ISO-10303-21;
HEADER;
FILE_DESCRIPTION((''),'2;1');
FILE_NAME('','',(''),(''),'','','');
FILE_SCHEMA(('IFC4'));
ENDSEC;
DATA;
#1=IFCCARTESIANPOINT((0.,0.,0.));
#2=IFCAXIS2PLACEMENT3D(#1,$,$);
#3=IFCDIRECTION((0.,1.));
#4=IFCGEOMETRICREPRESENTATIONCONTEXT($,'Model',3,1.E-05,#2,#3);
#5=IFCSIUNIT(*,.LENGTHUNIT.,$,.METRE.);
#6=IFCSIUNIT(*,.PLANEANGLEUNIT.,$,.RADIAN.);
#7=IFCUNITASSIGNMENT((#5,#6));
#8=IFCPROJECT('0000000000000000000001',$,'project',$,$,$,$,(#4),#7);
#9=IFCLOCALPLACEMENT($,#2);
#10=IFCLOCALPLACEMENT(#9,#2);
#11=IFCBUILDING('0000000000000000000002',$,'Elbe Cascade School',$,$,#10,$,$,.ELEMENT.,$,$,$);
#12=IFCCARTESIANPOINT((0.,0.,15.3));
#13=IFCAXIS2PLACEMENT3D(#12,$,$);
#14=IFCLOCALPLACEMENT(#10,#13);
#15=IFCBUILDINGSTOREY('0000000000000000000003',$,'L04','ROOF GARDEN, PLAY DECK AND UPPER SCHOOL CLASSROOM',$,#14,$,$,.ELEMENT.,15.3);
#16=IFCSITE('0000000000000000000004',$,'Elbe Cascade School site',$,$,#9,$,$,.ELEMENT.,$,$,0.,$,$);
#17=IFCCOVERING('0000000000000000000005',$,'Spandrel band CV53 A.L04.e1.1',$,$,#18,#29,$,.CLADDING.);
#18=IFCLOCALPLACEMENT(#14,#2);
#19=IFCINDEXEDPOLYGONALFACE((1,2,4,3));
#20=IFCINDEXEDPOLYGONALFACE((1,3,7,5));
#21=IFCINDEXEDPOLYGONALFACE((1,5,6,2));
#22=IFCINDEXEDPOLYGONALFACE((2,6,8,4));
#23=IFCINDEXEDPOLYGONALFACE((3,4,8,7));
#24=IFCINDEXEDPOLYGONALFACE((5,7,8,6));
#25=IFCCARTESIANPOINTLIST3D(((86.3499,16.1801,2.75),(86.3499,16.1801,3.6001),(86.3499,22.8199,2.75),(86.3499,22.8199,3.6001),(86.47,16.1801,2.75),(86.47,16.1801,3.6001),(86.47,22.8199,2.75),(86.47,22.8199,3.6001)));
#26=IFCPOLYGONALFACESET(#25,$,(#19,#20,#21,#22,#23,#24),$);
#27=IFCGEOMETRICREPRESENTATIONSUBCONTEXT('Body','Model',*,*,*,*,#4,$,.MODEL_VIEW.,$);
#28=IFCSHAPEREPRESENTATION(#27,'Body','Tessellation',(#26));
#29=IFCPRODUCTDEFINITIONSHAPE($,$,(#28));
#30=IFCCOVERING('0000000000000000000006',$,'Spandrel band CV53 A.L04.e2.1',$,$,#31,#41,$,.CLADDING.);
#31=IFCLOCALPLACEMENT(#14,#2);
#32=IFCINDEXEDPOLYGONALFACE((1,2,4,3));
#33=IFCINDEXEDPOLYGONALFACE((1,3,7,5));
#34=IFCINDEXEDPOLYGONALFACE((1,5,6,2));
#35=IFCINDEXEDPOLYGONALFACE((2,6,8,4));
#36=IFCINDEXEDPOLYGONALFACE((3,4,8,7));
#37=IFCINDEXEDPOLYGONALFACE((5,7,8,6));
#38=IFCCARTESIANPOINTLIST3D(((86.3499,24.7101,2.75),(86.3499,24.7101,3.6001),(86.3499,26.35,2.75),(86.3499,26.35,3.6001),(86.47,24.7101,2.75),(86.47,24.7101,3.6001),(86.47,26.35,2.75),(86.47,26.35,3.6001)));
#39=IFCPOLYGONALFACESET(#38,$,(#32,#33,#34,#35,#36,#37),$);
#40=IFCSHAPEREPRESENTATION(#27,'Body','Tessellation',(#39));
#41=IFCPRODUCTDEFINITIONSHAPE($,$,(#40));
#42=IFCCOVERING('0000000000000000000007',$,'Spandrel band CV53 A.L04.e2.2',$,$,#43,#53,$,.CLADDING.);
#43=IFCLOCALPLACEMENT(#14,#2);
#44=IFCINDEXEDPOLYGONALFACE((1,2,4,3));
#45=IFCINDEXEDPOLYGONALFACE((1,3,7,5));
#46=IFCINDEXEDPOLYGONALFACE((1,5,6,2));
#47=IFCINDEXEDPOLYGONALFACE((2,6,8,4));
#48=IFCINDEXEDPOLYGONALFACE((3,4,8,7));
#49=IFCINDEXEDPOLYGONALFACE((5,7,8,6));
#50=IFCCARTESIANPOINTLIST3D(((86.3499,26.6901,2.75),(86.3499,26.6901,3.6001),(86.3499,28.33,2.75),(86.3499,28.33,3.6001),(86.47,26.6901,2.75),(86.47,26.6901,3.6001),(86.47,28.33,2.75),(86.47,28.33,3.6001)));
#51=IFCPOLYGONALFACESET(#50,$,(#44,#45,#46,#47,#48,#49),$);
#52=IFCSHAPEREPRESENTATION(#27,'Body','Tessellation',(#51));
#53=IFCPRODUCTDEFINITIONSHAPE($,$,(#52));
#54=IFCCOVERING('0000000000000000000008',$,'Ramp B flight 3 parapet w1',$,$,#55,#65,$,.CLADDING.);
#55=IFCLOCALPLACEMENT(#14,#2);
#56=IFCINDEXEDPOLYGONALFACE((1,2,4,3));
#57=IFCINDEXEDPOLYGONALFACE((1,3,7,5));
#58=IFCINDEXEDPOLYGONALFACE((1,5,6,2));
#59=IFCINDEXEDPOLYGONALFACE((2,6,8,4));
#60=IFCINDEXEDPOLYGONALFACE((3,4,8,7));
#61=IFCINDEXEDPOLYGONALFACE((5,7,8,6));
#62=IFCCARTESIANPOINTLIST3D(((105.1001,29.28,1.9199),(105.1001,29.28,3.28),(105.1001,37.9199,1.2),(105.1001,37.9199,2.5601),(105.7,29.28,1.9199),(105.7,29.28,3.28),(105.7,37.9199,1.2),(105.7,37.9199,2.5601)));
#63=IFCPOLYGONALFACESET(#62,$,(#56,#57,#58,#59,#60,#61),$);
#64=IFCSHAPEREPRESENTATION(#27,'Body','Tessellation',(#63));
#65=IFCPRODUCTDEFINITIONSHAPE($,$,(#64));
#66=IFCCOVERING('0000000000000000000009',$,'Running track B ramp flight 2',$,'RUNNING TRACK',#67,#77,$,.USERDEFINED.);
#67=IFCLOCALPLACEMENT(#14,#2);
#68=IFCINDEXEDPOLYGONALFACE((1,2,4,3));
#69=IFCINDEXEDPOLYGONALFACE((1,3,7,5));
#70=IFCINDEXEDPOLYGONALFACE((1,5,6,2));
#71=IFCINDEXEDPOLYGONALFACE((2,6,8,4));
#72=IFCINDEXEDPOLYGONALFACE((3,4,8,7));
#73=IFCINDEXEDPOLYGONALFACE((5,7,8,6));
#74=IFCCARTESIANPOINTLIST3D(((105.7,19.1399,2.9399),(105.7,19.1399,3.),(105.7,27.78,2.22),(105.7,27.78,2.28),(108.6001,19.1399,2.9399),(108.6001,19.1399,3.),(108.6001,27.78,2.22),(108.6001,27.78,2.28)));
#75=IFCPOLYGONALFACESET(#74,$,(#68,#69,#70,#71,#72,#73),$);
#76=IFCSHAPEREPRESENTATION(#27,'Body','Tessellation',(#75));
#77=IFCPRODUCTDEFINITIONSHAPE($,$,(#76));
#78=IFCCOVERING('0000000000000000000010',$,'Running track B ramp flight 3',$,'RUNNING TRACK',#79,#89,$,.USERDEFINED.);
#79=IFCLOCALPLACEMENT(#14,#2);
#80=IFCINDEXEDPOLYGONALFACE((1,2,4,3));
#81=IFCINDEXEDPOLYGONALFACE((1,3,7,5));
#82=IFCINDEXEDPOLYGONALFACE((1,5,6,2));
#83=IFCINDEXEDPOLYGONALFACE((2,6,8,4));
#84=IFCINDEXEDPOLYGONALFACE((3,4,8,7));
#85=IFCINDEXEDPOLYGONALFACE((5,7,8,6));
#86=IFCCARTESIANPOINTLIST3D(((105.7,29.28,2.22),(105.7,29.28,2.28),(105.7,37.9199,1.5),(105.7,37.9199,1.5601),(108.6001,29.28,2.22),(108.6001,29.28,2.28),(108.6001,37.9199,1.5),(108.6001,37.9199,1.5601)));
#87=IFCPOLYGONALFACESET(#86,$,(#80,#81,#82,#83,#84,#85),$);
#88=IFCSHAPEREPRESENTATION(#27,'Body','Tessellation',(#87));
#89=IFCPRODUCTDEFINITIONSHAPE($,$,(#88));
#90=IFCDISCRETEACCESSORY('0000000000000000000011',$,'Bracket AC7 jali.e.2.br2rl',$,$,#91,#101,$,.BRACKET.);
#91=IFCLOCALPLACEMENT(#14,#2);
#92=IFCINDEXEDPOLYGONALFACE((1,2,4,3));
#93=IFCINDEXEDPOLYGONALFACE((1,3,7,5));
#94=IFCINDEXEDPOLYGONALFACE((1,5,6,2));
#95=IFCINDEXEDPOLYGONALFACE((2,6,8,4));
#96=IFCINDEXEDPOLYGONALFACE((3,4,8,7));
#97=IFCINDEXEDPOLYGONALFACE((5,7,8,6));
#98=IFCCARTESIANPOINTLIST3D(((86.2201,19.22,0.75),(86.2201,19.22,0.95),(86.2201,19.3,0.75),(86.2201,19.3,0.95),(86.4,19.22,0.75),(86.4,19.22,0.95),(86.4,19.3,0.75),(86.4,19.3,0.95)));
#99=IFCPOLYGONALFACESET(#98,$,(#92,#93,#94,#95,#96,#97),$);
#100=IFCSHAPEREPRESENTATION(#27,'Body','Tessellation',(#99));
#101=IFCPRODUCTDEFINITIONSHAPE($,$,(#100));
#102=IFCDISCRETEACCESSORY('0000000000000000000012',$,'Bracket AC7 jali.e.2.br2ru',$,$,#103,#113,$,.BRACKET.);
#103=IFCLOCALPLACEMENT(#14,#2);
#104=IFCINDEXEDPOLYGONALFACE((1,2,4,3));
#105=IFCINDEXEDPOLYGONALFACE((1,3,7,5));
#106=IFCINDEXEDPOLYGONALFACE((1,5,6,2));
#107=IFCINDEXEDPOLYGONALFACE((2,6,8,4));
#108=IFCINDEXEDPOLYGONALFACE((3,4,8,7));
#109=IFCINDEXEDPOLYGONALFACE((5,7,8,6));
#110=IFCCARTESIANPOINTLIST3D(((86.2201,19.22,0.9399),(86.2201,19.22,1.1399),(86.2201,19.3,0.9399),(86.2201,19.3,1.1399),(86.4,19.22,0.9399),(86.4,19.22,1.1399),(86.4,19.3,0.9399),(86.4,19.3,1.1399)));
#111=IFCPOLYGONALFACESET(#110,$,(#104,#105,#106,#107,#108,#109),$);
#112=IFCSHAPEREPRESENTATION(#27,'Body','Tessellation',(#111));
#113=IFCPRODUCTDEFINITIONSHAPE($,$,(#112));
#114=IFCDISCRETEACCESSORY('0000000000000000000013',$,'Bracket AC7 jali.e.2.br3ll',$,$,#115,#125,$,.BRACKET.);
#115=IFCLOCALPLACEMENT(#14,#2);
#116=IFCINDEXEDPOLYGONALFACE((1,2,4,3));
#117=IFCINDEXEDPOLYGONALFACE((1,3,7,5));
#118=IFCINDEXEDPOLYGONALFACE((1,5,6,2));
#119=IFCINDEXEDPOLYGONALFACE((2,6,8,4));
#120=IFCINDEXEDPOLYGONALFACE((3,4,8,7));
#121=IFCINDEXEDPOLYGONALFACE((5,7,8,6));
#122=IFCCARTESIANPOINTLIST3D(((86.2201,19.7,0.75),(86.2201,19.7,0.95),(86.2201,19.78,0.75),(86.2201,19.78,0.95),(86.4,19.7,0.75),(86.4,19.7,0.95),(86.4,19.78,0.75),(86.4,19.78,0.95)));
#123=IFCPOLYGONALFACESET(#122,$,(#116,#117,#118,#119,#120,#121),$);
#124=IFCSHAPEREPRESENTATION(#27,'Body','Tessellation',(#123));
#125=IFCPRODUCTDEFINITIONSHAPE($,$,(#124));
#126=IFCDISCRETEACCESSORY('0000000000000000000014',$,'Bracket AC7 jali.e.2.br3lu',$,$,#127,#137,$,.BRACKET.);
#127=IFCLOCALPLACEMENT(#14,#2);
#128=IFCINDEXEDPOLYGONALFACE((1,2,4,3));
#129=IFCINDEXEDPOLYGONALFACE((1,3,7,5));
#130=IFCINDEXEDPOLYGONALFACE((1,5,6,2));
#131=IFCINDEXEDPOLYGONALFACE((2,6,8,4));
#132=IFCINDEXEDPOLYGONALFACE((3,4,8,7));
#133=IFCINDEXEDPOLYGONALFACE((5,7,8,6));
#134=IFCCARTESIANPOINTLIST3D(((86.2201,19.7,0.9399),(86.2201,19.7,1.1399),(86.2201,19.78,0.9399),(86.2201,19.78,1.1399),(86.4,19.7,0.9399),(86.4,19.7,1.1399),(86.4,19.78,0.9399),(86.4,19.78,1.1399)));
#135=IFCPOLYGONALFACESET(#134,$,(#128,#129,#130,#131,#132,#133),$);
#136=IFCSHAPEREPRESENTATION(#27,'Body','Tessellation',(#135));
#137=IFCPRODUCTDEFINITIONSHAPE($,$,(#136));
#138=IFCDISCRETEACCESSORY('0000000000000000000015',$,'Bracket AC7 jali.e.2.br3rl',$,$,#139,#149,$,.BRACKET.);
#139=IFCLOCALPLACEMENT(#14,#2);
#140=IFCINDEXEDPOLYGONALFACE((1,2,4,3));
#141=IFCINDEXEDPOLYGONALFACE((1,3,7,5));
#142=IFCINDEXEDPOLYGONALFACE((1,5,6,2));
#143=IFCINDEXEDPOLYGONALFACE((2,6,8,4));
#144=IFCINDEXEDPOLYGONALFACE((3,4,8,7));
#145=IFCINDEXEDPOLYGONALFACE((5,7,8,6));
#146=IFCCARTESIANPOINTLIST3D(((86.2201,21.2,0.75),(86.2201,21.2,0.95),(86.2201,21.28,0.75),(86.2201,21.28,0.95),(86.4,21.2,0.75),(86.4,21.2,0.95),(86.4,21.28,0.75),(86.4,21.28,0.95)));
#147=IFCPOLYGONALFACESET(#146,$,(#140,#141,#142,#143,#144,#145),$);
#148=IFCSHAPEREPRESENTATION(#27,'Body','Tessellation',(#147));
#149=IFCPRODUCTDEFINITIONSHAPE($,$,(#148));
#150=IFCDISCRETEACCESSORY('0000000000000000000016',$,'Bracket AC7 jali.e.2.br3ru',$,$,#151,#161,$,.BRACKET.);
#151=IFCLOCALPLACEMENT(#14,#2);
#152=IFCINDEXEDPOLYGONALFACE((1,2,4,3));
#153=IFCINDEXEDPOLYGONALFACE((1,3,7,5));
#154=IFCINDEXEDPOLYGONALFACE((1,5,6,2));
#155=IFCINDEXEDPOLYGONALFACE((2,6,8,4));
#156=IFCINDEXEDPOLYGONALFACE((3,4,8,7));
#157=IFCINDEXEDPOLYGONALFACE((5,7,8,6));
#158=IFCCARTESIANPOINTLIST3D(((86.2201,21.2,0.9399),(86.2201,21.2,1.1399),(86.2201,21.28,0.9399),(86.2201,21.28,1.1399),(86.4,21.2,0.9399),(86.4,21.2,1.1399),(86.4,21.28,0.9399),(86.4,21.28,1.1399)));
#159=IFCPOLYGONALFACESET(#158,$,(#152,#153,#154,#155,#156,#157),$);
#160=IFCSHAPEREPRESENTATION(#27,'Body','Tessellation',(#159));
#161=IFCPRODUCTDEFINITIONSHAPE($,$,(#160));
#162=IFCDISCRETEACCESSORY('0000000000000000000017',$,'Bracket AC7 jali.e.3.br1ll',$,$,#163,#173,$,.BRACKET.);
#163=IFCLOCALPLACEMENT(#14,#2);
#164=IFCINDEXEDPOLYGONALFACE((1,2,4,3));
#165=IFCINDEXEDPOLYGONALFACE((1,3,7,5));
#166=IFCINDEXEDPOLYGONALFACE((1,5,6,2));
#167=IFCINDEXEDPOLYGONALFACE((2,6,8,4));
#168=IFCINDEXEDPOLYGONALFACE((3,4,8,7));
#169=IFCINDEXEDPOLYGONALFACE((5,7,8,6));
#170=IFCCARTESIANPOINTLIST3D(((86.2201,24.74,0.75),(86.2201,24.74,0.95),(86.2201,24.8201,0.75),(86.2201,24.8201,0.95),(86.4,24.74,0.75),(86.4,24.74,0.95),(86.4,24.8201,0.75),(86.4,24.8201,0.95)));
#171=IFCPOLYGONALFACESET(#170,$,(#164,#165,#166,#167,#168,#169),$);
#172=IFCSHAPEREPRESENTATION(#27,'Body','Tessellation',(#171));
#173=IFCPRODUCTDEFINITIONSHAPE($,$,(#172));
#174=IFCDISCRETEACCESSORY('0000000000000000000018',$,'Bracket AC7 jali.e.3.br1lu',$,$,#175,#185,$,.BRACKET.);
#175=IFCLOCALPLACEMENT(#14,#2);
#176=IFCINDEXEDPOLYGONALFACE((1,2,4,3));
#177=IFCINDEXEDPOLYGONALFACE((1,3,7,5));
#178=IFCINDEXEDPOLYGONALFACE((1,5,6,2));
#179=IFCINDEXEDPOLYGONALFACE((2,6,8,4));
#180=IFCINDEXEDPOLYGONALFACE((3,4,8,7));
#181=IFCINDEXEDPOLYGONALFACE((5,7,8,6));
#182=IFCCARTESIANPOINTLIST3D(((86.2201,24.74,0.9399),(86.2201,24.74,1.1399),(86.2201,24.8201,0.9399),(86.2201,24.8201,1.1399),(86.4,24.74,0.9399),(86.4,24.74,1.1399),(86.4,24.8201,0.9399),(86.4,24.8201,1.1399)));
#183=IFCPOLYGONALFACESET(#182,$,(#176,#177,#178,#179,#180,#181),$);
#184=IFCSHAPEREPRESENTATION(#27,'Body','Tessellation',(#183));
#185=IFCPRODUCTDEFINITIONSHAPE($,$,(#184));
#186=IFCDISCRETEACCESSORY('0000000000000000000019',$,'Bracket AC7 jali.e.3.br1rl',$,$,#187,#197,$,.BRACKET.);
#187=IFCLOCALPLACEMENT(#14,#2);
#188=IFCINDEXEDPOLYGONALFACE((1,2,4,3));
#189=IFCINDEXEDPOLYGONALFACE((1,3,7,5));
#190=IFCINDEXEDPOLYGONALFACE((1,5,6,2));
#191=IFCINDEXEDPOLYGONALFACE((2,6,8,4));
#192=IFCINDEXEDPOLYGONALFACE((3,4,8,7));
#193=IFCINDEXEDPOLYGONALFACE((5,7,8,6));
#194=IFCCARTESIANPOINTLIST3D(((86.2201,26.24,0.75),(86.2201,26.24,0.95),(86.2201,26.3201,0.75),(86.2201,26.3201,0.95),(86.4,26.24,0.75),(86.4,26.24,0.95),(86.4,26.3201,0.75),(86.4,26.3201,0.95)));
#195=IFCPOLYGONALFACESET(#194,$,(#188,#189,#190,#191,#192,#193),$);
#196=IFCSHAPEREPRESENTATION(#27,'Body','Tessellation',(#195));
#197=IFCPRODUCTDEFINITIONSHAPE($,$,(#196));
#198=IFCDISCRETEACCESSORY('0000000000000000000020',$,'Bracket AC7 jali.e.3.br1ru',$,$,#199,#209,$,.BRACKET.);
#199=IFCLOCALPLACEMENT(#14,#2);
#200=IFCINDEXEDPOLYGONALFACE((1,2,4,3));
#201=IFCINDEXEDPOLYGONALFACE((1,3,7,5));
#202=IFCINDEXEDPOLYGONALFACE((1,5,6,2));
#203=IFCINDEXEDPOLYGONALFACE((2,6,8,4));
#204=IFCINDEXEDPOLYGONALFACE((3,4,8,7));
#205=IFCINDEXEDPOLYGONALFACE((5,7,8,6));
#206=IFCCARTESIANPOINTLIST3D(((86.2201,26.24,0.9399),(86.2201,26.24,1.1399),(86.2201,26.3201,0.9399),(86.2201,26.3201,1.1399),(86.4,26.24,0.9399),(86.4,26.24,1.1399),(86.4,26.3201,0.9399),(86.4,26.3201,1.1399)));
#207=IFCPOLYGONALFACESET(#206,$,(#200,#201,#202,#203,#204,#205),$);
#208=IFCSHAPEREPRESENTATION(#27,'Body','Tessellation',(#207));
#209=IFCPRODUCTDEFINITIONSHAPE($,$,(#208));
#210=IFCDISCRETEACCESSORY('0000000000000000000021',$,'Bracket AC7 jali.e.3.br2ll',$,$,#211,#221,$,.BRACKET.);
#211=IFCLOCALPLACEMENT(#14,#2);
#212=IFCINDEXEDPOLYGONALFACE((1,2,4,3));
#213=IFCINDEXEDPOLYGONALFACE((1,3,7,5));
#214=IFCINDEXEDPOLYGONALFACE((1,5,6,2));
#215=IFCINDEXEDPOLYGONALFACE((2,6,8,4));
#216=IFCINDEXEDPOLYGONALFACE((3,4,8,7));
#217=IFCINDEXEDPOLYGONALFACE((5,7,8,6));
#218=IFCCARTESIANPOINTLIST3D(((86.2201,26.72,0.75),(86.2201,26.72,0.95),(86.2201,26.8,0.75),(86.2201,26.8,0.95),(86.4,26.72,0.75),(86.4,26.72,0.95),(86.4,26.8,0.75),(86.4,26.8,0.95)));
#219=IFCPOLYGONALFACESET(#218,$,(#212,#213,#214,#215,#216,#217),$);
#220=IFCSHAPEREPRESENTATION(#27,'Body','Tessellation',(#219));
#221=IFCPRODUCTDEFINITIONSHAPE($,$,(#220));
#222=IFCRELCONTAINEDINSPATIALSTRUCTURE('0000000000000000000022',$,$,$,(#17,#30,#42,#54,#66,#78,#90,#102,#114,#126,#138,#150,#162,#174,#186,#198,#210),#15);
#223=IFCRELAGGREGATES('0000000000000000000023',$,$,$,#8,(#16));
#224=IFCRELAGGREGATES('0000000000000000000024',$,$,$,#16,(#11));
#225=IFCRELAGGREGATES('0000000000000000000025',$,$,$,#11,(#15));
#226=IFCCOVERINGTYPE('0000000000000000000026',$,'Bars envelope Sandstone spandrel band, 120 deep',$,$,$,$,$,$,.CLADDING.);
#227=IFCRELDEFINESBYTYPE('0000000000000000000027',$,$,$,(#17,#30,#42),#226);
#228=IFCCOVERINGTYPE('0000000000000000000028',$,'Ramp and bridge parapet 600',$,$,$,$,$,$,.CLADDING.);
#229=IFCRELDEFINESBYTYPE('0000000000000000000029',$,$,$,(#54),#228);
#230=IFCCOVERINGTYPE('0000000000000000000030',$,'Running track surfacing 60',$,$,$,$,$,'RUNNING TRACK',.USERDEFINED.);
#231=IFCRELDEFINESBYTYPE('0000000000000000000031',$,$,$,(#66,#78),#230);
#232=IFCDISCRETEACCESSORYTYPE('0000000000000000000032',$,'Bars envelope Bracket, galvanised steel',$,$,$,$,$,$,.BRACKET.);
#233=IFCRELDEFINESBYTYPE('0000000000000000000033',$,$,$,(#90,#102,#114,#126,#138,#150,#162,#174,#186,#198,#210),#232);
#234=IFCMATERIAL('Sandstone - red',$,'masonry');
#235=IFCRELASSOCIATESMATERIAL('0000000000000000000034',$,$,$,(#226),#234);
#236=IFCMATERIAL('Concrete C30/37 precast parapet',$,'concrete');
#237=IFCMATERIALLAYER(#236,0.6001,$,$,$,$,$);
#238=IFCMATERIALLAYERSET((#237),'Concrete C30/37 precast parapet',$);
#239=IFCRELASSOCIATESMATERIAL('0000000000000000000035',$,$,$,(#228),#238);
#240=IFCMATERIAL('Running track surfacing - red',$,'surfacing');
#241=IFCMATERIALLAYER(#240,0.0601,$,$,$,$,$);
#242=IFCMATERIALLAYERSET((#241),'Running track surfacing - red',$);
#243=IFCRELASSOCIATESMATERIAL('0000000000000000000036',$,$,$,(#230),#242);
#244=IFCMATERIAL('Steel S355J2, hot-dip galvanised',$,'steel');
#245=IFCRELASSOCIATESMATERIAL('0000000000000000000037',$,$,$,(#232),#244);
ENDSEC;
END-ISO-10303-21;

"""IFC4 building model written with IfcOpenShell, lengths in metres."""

from ifc_helpers import new_model, si_unit, direction, frame, origin, origin_2d, place, context, subcontext, project, spatial, polyline, rectangle, outline, extrude, material, layer, layer_set, type_object, element, save


model = new_model("IFC4")

# Units and contexts
model_context = context("Model", 3, precision=1e-05, world=origin(), true_north=direction((0.0, 1.0)))
body_context = subcontext(model_context, "Body", "Model", "MODEL_VIEW")
ifc_project = project(units=[si_unit("LENGTHUNIT", "METRE"), si_unit("PLANEANGLEUNIT", "RADIAN")], contexts=[model_context])

# Site, building, storey
site_placement = place(None, origin())
site = spatial("IfcSite", under=ifc_project, at=site_placement, Name="Elbe Cascade School site", CompositionType="ELEMENT", RefElevation=0.0)
building_placement = place(site_placement, origin())
building = spatial("IfcBuilding", under=site, at=building_placement, Name="Elbe Cascade School", CompositionType="ELEMENT")
storey_placement = place(building_placement, frame((0.0, 0.0, 15.3)))
storey = spatial("IfcBuildingStorey", under=building, at=storey_placement, Name="L04", Description="ROOF GARDEN, PLAY DECK AND UPPER SCHOOL CLASSROOM", CompositionType="ELEMENT", Elevation=15.3)

# Coverings
ifc_material_1 = material(Name="Sandstone - red", Category="masonry")
covering_type_1 = type_object("IfcCoveringType", Name="Bars envelope Sandstone spandrel band, 120 deep", PredefinedType="CLADDING", material=ifc_material_1)
covering_1_placement = place(storey_placement, frame((86.4099, 19.5, 2.75), z_axis=(0.0, 0.0, 1.0), x_axis=(0.0, 1.0, 0.0)))
element("IfcCovering", 1, at=covering_1_placement, inside=storey, type_object=covering_type_1, Name="Spandrel band CV53 A.L04.e1.1", PredefinedType="CLADDING", context=body_context, shape_type="SweptSolid", body=[
    extrude(rectangle(XDim=6.6399, YDim=0.1201, at=origin_2d()), origin(), (0.0, 0.0, 1.0), 0.8501),
])
for number, where, z_axis, x_axis, name in (
    (2, (86.4099, 25.53, 2.75), (0.0, 0.0, 1.0), (0.0, 1.0, 0.0), "Spandrel band CV53 A.L04.e2.1"),
    (3, (86.4099, 27.51, 2.75), (0.0, 0.0, 1.0), (0.0, 1.0, 0.0), "Spandrel band CV53 A.L04.e2.2"),
):
    element("IfcCovering", number, at=place(storey_placement, frame(where, z_axis=z_axis, x_axis=x_axis)), inside=storey, type_object=covering_type_1, Name=name, PredefinedType="CLADDING", context=body_context, shape_type="SweptSolid", body=[
        extrude(rectangle(XDim=1.6399, YDim=0.1201, at=origin_2d()), origin(), (0.0, 0.0, 1.0), 0.8501),
    ])
ifc_material_2 = material(Name="Concrete C30/37 precast parapet", Category="concrete")
ifc_layer_1 = layer(ifc_material_2, 0.6001)
ifc_layer_set_1 = layer_set([ifc_layer_1], Name="Concrete C30/37 precast parapet")
covering_type_2 = type_object("IfcCoveringType", Name="Ramp and bridge parapet 600", PredefinedType="CLADDING", material=ifc_layer_set_1)
covering_2_placement = place(storey_placement, frame((105.1001, 29.28, 3.28), z_axis=(0.0, 0.083043, 0.996546), x_axis=(0.0, 0.996546, -0.083043)))
element("IfcCovering", 4, at=covering_2_placement, inside=storey, type_object=covering_type_2, Name="Ramp B flight 3 parapet w1", PredefinedType="CLADDING", context=body_context, shape_type="SweptSolid", body=[
    extrude(outline(polyline([(0.0, 0.0), (8.6698, 0.0), (8.6698, -0.5999), (0.0, -0.5999), (0.0, 0.0)])), origin(), (0.083043, 0.0, -0.996546), 1.3601),
])

# Coverings
ifc_material_3 = material(Name="Running track surfacing - red", Category="surfacing")
ifc_layer_2 = layer(ifc_material_3, 0.0601)
ifc_layer_set_2 = layer_set([ifc_layer_2], Name="Running track surfacing - red")
covering_type_3 = type_object("IfcCoveringType", Name="Running track surfacing 60", ElementType="RUNNING TRACK", PredefinedType="USERDEFINED", material=ifc_layer_set_2)
covering_3_placement = place(storey_placement, frame((105.7, 19.1399, 3.0), z_axis=(0.0, 0.083041, 0.996546), x_axis=(0.0, 0.996546, -0.083041)))
element("IfcCovering", 5, at=covering_3_placement, inside=storey, type_object=covering_type_3, Name="Running track B ramp flight 2", ObjectType="RUNNING TRACK", PredefinedType="USERDEFINED", context=body_context, shape_type="SweptSolid", body=[
    extrude(outline(polyline([(0.0, 0.0), (8.6701, 0.0), (8.6701, -2.9001), (0.0, -2.9001), (0.0, 0.0)])), origin(), (0.083041, 0.0, -0.996546), 0.0601),
])
covering_4_placement = place(storey_placement, frame((105.7, 29.28, 2.28), z_axis=(0.0, 0.083043, 0.996546), x_axis=(0.0, 0.996546, -0.083043)))
element("IfcCovering", 6, at=covering_4_placement, inside=storey, type_object=covering_type_3, Name="Running track B ramp flight 3", ObjectType="RUNNING TRACK", PredefinedType="USERDEFINED", context=body_context, shape_type="SweptSolid", body=[
    extrude(outline(polyline([(0.0, 0.0), (8.6698, 0.0), (8.6698, -2.9001), (0.0, -2.9001), (0.0, 0.0)])), origin(), (0.083043, 0.0, -0.996546), 0.0601),
])

# Discrete accessories
ifc_material_4 = material(Name="Steel S355J2, hot-dip galvanised", Category="steel")
discrete_accessory_type = type_object("IfcDiscreteAccessoryType", Name="Bars envelope Bracket, galvanised steel", PredefinedType="BRACKET", material=ifc_material_4)
for number, where, z_axis, x_axis, name in (
    (7, (86.3101, 19.26, 0.75), (0.0, 0.0, 1.0), (0.0, 1.0, 0.0), "Bracket AC7 jali.e.2.br2rl"),
    (8, (86.3101, 19.26, 0.9399), (0.0, 0.0, 1.0), (0.0, 1.0, 0.0), "Bracket AC7 jali.e.2.br2ru"),
    (9, (86.3101, 19.74, 0.75), (0.0, 0.0, 1.0), (0.0, 1.0, 0.0), "Bracket AC7 jali.e.2.br3ll"),
    (10, (86.3101, 19.74, 0.9399), (0.0, 0.0, 1.0), (0.0, 1.0, 0.0), "Bracket AC7 jali.e.2.br3lu"),
    (11, (86.3101, 21.24, 0.75), (0.0, 0.0, 1.0), (0.0, 1.0, 0.0), "Bracket AC7 jali.e.2.br3rl"),
    (12, (86.3101, 21.24, 0.9399), (0.0, 0.0, 1.0), (0.0, 1.0, 0.0), "Bracket AC7 jali.e.2.br3ru"),
    (13, (86.3101, 24.78, 0.75), (0.0, 0.0, 1.0), (0.0, 1.0, 0.0), "Bracket AC7 jali.e.3.br1ll"),
    (14, (86.3101, 24.78, 0.9399), (0.0, 0.0, 1.0), (0.0, 1.0, 0.0), "Bracket AC7 jali.e.3.br1lu"),
    (15, (86.3101, 26.28, 0.75), (0.0, 0.0, 1.0), (0.0, 1.0, 0.0), "Bracket AC7 jali.e.3.br1rl"),
    (16, (86.3101, 26.28, 0.9399), (0.0, 0.0, 1.0), (0.0, 1.0, 0.0), "Bracket AC7 jali.e.3.br1ru"),
    (17, (86.3101, 26.76, 0.75), (0.0, 0.0, 1.0), (0.0, 1.0, 0.0), "Bracket AC7 jali.e.3.br2ll"),
):
    element("IfcDiscreteAccessory", number, at=place(storey_placement, frame(where, z_axis=z_axis, x_axis=x_axis)), inside=storey, type_object=discrete_accessory_type, Name=name, PredefinedType="BRACKET", context=body_context, shape_type="SweptSolid", body=[
        extrude(rectangle(XDim=0.0801, YDim=0.1799, at=origin_2d()), origin(), (0.0, 0.0, 1.0), 0.2),
    ])

save(model, "model.ifc")
